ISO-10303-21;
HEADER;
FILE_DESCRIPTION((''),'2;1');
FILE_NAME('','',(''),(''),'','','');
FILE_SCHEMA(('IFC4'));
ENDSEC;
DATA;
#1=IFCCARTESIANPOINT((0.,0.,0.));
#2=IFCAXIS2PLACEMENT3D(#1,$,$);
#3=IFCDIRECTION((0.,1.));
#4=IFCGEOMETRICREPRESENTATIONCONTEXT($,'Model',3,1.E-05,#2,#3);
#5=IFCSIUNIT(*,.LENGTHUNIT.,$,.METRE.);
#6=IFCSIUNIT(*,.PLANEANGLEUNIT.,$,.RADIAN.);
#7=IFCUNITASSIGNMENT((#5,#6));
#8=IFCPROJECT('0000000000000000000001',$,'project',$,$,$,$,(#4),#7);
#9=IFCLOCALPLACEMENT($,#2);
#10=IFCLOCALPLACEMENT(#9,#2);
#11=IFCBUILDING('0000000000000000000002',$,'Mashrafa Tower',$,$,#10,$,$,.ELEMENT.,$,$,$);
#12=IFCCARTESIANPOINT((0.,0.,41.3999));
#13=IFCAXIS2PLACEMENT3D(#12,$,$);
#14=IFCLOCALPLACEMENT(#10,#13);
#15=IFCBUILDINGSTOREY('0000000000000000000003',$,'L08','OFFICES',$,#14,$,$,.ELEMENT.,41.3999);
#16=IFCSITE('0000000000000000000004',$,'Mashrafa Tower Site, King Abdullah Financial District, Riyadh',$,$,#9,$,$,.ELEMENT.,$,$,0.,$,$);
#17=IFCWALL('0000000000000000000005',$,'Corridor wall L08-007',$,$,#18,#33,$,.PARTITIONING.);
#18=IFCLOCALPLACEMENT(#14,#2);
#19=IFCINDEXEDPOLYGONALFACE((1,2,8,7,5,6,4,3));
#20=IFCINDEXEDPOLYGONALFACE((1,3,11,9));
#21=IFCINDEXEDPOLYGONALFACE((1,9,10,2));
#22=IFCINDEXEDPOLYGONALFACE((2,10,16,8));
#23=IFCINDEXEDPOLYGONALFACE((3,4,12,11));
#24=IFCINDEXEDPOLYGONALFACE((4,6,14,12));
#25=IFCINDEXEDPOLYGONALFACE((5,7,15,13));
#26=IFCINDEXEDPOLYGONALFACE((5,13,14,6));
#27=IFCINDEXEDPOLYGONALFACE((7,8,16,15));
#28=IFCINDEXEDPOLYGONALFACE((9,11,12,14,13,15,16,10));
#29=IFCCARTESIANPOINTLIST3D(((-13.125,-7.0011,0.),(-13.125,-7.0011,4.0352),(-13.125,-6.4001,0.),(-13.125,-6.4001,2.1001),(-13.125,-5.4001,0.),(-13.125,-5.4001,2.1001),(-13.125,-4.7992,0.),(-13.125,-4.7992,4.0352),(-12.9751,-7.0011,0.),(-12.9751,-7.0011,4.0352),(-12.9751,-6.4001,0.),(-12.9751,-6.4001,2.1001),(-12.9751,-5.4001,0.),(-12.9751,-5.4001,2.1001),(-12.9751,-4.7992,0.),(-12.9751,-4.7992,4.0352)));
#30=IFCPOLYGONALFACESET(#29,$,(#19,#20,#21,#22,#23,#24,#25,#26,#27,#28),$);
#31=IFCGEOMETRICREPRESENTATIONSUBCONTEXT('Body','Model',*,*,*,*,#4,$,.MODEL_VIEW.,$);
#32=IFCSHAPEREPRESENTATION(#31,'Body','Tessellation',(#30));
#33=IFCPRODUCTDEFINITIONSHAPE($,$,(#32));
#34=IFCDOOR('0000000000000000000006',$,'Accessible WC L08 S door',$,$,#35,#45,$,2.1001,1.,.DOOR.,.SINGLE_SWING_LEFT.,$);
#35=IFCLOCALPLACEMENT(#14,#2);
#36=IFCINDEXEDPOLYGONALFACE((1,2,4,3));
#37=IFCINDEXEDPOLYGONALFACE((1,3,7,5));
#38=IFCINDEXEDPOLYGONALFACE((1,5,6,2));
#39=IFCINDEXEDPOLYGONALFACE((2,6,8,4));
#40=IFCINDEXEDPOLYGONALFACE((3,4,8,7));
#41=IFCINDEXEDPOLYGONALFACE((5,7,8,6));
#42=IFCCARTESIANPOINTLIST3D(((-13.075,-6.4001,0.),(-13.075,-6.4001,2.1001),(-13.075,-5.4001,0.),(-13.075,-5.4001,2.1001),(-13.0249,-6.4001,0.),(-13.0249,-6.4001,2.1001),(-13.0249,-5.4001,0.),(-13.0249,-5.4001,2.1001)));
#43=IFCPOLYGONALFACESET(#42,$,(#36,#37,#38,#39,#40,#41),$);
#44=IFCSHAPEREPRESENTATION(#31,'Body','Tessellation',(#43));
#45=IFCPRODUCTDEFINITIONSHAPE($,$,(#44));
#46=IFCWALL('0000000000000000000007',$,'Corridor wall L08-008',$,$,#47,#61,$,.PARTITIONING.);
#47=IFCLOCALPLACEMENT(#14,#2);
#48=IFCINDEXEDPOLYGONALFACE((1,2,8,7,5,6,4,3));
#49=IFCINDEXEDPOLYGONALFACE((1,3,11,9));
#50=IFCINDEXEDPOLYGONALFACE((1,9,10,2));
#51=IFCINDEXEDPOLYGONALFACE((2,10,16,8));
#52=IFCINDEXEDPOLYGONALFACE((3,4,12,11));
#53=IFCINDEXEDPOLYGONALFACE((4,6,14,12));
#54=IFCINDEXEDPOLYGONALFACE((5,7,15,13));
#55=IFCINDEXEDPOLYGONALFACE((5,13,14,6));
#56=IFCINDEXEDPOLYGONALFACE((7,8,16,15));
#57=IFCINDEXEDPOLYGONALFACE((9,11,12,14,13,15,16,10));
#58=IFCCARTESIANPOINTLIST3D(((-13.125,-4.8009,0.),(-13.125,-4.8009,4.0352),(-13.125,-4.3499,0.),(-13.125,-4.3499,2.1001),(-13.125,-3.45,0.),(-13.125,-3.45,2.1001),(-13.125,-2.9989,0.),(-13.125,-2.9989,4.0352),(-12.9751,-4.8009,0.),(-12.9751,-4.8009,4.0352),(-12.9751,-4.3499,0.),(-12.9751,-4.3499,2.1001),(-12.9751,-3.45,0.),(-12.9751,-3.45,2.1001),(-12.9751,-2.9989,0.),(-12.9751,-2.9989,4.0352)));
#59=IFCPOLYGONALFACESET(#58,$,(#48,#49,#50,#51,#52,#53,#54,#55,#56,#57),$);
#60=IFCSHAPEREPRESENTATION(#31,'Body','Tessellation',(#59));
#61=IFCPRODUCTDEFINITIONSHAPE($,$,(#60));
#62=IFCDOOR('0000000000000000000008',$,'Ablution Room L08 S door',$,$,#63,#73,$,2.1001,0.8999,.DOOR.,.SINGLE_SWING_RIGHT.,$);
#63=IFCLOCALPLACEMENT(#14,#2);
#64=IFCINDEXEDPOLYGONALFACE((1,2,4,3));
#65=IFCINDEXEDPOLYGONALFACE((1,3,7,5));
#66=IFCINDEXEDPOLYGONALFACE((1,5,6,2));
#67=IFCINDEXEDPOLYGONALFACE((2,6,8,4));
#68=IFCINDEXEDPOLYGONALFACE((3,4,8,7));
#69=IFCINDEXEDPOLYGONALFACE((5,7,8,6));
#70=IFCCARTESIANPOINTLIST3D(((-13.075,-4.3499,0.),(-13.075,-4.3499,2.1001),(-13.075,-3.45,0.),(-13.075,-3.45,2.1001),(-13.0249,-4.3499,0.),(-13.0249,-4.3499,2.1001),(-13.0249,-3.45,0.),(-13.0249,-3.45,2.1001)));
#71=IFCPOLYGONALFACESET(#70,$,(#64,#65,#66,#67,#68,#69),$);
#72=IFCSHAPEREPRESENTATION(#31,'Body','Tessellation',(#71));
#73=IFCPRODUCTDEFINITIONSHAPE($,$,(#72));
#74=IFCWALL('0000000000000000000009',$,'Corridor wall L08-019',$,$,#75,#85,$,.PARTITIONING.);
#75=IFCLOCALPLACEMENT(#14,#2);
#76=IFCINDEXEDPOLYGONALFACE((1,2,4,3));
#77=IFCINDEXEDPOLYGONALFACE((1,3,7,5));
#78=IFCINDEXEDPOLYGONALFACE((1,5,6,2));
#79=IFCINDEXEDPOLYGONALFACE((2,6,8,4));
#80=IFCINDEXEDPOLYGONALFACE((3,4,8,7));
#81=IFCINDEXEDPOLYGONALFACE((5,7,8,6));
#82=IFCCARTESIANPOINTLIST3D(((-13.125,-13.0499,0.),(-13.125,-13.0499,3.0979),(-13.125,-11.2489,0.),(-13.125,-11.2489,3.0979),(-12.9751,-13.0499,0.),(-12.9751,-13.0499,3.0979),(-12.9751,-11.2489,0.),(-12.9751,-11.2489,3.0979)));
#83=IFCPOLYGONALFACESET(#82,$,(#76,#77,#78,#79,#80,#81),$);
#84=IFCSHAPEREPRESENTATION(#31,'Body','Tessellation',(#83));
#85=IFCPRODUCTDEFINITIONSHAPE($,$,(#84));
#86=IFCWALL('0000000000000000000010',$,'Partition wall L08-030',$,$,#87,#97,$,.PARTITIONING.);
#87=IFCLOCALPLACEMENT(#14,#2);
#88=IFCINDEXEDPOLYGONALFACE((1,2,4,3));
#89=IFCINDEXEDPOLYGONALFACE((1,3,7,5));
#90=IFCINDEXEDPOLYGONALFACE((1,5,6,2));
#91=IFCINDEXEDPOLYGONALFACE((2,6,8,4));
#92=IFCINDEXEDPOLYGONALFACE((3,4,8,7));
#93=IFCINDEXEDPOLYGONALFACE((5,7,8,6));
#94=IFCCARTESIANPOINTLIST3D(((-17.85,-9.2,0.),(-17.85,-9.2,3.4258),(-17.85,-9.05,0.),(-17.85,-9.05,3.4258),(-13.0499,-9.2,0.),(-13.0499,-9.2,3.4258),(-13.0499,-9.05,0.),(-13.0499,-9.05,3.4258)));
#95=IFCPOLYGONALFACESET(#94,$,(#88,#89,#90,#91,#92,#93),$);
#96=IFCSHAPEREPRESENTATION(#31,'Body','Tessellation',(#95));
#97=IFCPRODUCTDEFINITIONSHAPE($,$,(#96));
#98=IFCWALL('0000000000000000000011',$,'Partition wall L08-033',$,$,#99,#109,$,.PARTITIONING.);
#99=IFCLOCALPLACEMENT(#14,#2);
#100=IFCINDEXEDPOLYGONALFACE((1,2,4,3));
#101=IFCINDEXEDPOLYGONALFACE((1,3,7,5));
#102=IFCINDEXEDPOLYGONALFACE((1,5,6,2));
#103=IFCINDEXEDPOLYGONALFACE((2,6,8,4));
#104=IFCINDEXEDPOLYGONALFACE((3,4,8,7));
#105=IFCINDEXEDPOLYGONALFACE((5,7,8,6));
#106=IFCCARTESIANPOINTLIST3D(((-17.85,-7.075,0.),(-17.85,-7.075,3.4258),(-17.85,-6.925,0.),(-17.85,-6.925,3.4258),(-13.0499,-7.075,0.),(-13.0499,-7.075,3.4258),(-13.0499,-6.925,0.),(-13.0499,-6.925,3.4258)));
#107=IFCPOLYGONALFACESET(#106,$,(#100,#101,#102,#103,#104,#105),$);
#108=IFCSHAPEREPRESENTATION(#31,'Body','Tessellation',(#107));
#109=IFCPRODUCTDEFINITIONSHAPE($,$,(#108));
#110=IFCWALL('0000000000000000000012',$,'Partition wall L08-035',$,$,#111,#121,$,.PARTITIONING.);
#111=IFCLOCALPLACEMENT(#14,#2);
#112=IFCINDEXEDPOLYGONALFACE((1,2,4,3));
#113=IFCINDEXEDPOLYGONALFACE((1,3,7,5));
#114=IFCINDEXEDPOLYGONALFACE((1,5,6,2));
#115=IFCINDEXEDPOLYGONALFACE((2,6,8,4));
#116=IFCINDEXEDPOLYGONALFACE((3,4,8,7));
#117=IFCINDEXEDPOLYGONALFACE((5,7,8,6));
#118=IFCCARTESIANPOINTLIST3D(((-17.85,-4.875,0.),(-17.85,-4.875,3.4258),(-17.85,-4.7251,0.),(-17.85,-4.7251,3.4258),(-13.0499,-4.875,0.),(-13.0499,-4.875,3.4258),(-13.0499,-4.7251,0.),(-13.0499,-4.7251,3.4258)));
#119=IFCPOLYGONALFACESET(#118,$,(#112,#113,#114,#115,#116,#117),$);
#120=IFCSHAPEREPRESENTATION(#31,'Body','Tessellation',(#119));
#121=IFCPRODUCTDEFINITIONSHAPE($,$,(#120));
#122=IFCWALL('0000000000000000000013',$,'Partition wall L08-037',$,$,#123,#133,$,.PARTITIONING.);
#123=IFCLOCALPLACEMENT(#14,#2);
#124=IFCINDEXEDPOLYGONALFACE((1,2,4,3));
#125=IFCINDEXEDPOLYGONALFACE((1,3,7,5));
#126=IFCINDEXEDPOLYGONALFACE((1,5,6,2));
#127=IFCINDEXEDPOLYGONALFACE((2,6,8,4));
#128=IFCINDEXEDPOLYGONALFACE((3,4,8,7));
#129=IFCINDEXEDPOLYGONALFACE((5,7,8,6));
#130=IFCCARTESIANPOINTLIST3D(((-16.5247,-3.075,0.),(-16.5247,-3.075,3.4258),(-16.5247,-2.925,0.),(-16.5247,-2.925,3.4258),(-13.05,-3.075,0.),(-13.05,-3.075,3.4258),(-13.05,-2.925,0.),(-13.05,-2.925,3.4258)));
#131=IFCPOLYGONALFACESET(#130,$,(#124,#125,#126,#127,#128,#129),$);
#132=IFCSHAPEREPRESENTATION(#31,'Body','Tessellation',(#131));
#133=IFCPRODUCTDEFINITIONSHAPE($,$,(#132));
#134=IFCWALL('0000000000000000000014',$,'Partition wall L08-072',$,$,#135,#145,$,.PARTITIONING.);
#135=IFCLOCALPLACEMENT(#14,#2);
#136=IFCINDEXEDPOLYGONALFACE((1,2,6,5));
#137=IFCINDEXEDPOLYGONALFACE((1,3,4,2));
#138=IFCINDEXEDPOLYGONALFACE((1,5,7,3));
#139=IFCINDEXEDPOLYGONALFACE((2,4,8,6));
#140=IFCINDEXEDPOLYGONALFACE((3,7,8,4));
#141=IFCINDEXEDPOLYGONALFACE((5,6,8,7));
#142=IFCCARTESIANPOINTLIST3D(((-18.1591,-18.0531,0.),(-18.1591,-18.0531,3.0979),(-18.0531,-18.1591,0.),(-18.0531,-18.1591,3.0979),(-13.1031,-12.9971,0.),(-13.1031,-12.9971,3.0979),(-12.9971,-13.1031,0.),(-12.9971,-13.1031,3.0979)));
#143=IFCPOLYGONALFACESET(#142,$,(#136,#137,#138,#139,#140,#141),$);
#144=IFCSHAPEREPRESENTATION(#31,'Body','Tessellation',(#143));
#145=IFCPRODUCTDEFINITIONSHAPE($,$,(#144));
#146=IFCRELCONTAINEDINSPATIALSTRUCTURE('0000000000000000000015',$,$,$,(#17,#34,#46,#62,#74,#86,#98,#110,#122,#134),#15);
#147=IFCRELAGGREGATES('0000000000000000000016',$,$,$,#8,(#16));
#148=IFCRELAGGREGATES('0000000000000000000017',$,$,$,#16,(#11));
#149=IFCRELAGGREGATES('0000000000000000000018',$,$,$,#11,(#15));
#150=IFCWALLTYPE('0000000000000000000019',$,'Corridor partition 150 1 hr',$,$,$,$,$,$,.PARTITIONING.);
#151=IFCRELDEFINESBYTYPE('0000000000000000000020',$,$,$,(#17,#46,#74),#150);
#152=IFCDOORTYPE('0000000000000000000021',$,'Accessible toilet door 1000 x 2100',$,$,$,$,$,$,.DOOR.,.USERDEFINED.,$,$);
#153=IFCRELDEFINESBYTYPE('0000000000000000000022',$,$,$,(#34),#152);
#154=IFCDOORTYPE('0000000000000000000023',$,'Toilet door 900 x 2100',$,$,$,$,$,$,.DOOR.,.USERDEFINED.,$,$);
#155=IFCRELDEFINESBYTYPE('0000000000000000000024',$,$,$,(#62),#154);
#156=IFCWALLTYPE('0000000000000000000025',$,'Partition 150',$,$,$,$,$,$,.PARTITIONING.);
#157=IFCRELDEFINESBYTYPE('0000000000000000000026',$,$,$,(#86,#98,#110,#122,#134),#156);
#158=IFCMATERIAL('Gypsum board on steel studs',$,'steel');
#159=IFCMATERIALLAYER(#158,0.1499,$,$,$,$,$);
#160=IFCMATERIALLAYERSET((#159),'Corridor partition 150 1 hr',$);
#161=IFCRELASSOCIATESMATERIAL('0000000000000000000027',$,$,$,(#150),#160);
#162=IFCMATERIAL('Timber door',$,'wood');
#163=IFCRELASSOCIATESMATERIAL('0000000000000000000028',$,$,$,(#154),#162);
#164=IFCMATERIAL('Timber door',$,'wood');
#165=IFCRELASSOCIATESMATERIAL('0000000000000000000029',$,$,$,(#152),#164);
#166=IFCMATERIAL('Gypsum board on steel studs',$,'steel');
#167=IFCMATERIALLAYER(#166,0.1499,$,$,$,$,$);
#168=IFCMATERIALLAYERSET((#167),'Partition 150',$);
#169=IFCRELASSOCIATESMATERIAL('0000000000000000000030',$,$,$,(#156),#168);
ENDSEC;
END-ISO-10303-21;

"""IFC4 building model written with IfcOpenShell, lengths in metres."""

from ifc_helpers import new_model, si_unit, direction, frame, frame_2d, origin, place, context, subcontext, project, spatial, rectangle, extrude, material, layer, layer_set, type_object, element, fill, save


model = new_model("IFC4")

# Units and contexts
model_context = context("Model", 3, precision=1e-05, world=origin(), true_north=direction((0.0, 1.0)))
body_context = subcontext(model_context, "Body", "Model", "MODEL_VIEW")
ifc_project = project(units=[si_unit("LENGTHUNIT", "METRE"), si_unit("PLANEANGLEUNIT", "RADIAN")], contexts=[model_context])

# Site, building, storey
site_placement = place(None, origin())
site = spatial("IfcSite", under=ifc_project, at=site_placement, Name="Mashrafa Tower Site, King Abdullah Financial District, Riyadh", CompositionType="ELEMENT", RefElevation=0.0)
building_placement = place(site_placement, origin())
building = spatial("IfcBuilding", under=site, at=building_placement, Name="Mashrafa Tower", CompositionType="ELEMENT")
storey_placement = place(building_placement, frame((0.0, 0.0, 41.3999)))
storey = spatial("IfcBuildingStorey", under=building, at=storey_placement, Name="L08", Description="OFFICES", CompositionType="ELEMENT", Elevation=41.3999)

# Walls, openings, doors
ifc_material_1 = material(Name="Gypsum board on steel studs", Category="steel")
ifc_layer_1 = layer(ifc_material_1, 0.1499)
ifc_layer_set_1 = layer_set([ifc_layer_1], Name="Corridor partition 150 1 hr")
wall_type_1 = type_object("IfcWallType", Name="Corridor partition 150 1 hr", PredefinedType="PARTITIONING", material=ifc_layer_set_1)
ifc_material_2 = material(Name="Timber door", Category="wood")
door_type_1 = type_object("IfcDoorType", Name="Toilet door 900 x 2100", OperationType="USERDEFINED", PredefinedType="DOOR", material=ifc_material_2)
wall_1_placement = place(storey_placement, frame((-13.05, -4.7991, 0.0), z_axis=(0.0, 0.0, 1.0), x_axis=(0.0, -1.0, 0.0)))
wall_1 = element("IfcWall", 1, at=wall_1_placement, inside=storey, type_object=wall_type_1, Name="Corridor wall L08-007", PredefinedType="PARTITIONING", context=body_context, shape_type="SweptSolid", body=[
    extrude(rectangle(XDim=2.2019, YDim=0.1499, at=frame_2d((1.1011, 0.0))), origin(), (0.0, 0.0, 1.0), 4.0352),
])
opening_1_placement = place(wall_1_placement, frame((0.6011, 0.0, 0.0)))
opening_1 = element("IfcOpeningElement", 2, at=opening_1_placement, cuts=wall_1, PredefinedType="OPENING", context=body_context, shape_type="SweptSolid", body=[
    extrude(rectangle(XDim=1.0, YDim=2.1001, at=frame_2d((0.5, 1.05))), frame((0.0, 0.085, 0.0), z_axis=(0.0, -1.0, 0.0), x_axis=(1.0, 0.0, 0.0)), (0.0, 0.0, 1.0), 0.1699),
])
ifc_material_3 = material(Name="Timber door", Category="wood")
door_type_2 = type_object("IfcDoorType", Name="Accessible toilet door 1000 x 2100", OperationType="USERDEFINED", PredefinedType="DOOR", material=ifc_material_3)
door_1_placement = place(opening_1_placement, frame((1.0, 0.0, 0.0), z_axis=(0.0, 0.0, 1.0), x_axis=(-1.0, 0.0, 0.0)))
door_1 = element("IfcDoor", 3, at=door_1_placement, inside=storey, type_object=door_type_2, Name="Accessible WC L08 S door", OperationType="SINGLE_SWING_LEFT", OverallHeight=2.1001, OverallWidth=1.0, PredefinedType="DOOR", context=body_context, shape_type="SweptSolid", body=[
    extrude(rectangle(XDim=1.0, YDim=2.1001, at=frame_2d((0.5, 1.05))), frame((0.0, 0.0249, 0.0), z_axis=(0.0, -1.0, 0.0), x_axis=(1.0, 0.0, 0.0)), (0.0, 0.0, 1.0), 0.05),
])
fill(opening_1, door_1)
wall_2_placement = place(storey_placement, frame((-13.05, -2.999, 0.0), z_axis=(0.0, 0.0, 1.0), x_axis=(0.0, -1.0, 0.0)))
wall_2 = element("IfcWall", 4, at=wall_2_placement, inside=storey, type_object=wall_type_1, Name="Corridor wall L08-008", PredefinedType="PARTITIONING", context=body_context, shape_type="SweptSolid", body=[
    extrude(rectangle(XDim=1.802, YDim=0.1499, at=frame_2d((0.9009, 0.0))), origin(), (0.0, 0.0, 1.0), 4.0352),
])
opening_2_placement = place(wall_2_placement, frame((0.4509, 0.0, 0.0)))
opening_2 = element("IfcOpeningElement", 5, at=opening_2_placement, cuts=wall_2, PredefinedType="OPENING", context=body_context, shape_type="SweptSolid", body=[
    extrude(rectangle(XDim=0.8999, YDim=2.1001, at=frame_2d((0.45, 1.05))), frame((0.0, 0.085, 0.0), z_axis=(0.0, -1.0, 0.0), x_axis=(1.0, 0.0, 0.0)), (0.0, 0.0, 1.0), 0.1699),
])
door_2_placement = place(opening_2_placement, frame((0.8999, 0.0, 0.0), z_axis=(0.0, 0.0, 1.0), x_axis=(-1.0, 0.0, 0.0)))
door_2 = element("IfcDoor", 6, at=door_2_placement, inside=storey, type_object=door_type_1, Name="Ablution Room L08 S door", OperationType="SINGLE_SWING_RIGHT", OverallHeight=2.1001, OverallWidth=0.8999, PredefinedType="DOOR", context=body_context, shape_type="SweptSolid", body=[
    extrude(rectangle(XDim=0.8999, YDim=2.1001, at=frame_2d((0.45, 1.05))), frame((0.0, 0.0249, 0.0), z_axis=(0.0, -1.0, 0.0), x_axis=(1.0, 0.0, 0.0)), (0.0, 0.0, 1.0), 0.05),
])
fill(opening_2, door_2)

# Walls
wall_3_placement = place(storey_placement, frame((-13.05, -11.249, 0.0), z_axis=(0.0, 0.0, 1.0), x_axis=(0.0, -1.0, 0.0)))
element("IfcWall", 7, at=wall_3_placement, inside=storey, type_object=wall_type_1, Name="Corridor wall L08-019", PredefinedType="PARTITIONING", context=body_context, shape_type="SweptSolid", body=[
    extrude(rectangle(XDim=1.801, YDim=0.1499, at=frame_2d((0.9004, 0.0))), origin(), (0.0, 0.0, 1.0), 3.0979),
])
ifc_material_4 = material(Name="Gypsum board on steel studs", Category="steel")
ifc_layer_2 = layer(ifc_material_4, 0.1499)
ifc_layer_set_2 = layer_set([ifc_layer_2], Name="Partition 150")
wall_type_2 = type_object("IfcWallType", Name="Partition 150", PredefinedType="PARTITIONING", material=ifc_layer_set_2)
for number, where, z_axis, x_axis, name in (
    (8, (-13.05, -9.125, 0.0), (0.0, 0.0, 1.0), (-1.0, 0.0, 0.0), "Partition wall L08-030"),
    (9, (-13.05, -7.0, 0.0), (0.0, 0.0, 1.0), (-1.0, 0.0, 0.0), "Partition wall L08-033"),
    (10, (-13.05, -4.8, 0.0), (0.0, 0.0, 1.0), (-1.0, 0.0, 0.0), "Partition wall L08-035"),
):
    element("IfcWall", number, at=place(storey_placement, frame(where, z_axis=z_axis, x_axis=x_axis)), inside=storey, type_object=wall_type_2, Name=name, PredefinedType="PARTITIONING", context=body_context, shape_type="SweptSolid", body=[
        extrude(rectangle(XDim=4.8, YDim=0.1499, at=frame_2d((2.3999, 0.0))), origin(), (0.0, 0.0, 1.0), 3.4258),
    ])
wall_4_placement = place(storey_placement, frame((-13.05, -3.0, 0.0), z_axis=(0.0, 0.0, 1.0), x_axis=(-1.0, 0.0, 0.0)))
element("IfcWall", 11, at=wall_4_placement, inside=storey, type_object=wall_type_2, Name="Partition wall L08-037", PredefinedType="PARTITIONING", context=body_context, shape_type="SweptSolid", body=[
    extrude(rectangle(XDim=3.4746, YDim=0.1499, at=frame_2d((1.7373, 0.0))), origin(), (0.0, 0.0, 1.0), 3.4258),
])
wall_5_placement = place(storey_placement, frame((-13.05, -13.05, 0.0), z_axis=(0.0, 0.0, 1.0), x_axis=(-0.707107, -0.707107, 0.0)))
element("IfcWall", 12, at=wall_5_placement, inside=storey, type_object=wall_type_2, Name="Partition wall L08-072", PredefinedType="PARTITIONING", context=body_context, shape_type="SweptSolid", body=[
    extrude(rectangle(XDim=7.1501, YDim=0.1499, at=frame_2d((3.5752, 0.0))), origin(), (0.0, 0.0, 1.0), 3.0979),
])

save(model, "model.ifc")
